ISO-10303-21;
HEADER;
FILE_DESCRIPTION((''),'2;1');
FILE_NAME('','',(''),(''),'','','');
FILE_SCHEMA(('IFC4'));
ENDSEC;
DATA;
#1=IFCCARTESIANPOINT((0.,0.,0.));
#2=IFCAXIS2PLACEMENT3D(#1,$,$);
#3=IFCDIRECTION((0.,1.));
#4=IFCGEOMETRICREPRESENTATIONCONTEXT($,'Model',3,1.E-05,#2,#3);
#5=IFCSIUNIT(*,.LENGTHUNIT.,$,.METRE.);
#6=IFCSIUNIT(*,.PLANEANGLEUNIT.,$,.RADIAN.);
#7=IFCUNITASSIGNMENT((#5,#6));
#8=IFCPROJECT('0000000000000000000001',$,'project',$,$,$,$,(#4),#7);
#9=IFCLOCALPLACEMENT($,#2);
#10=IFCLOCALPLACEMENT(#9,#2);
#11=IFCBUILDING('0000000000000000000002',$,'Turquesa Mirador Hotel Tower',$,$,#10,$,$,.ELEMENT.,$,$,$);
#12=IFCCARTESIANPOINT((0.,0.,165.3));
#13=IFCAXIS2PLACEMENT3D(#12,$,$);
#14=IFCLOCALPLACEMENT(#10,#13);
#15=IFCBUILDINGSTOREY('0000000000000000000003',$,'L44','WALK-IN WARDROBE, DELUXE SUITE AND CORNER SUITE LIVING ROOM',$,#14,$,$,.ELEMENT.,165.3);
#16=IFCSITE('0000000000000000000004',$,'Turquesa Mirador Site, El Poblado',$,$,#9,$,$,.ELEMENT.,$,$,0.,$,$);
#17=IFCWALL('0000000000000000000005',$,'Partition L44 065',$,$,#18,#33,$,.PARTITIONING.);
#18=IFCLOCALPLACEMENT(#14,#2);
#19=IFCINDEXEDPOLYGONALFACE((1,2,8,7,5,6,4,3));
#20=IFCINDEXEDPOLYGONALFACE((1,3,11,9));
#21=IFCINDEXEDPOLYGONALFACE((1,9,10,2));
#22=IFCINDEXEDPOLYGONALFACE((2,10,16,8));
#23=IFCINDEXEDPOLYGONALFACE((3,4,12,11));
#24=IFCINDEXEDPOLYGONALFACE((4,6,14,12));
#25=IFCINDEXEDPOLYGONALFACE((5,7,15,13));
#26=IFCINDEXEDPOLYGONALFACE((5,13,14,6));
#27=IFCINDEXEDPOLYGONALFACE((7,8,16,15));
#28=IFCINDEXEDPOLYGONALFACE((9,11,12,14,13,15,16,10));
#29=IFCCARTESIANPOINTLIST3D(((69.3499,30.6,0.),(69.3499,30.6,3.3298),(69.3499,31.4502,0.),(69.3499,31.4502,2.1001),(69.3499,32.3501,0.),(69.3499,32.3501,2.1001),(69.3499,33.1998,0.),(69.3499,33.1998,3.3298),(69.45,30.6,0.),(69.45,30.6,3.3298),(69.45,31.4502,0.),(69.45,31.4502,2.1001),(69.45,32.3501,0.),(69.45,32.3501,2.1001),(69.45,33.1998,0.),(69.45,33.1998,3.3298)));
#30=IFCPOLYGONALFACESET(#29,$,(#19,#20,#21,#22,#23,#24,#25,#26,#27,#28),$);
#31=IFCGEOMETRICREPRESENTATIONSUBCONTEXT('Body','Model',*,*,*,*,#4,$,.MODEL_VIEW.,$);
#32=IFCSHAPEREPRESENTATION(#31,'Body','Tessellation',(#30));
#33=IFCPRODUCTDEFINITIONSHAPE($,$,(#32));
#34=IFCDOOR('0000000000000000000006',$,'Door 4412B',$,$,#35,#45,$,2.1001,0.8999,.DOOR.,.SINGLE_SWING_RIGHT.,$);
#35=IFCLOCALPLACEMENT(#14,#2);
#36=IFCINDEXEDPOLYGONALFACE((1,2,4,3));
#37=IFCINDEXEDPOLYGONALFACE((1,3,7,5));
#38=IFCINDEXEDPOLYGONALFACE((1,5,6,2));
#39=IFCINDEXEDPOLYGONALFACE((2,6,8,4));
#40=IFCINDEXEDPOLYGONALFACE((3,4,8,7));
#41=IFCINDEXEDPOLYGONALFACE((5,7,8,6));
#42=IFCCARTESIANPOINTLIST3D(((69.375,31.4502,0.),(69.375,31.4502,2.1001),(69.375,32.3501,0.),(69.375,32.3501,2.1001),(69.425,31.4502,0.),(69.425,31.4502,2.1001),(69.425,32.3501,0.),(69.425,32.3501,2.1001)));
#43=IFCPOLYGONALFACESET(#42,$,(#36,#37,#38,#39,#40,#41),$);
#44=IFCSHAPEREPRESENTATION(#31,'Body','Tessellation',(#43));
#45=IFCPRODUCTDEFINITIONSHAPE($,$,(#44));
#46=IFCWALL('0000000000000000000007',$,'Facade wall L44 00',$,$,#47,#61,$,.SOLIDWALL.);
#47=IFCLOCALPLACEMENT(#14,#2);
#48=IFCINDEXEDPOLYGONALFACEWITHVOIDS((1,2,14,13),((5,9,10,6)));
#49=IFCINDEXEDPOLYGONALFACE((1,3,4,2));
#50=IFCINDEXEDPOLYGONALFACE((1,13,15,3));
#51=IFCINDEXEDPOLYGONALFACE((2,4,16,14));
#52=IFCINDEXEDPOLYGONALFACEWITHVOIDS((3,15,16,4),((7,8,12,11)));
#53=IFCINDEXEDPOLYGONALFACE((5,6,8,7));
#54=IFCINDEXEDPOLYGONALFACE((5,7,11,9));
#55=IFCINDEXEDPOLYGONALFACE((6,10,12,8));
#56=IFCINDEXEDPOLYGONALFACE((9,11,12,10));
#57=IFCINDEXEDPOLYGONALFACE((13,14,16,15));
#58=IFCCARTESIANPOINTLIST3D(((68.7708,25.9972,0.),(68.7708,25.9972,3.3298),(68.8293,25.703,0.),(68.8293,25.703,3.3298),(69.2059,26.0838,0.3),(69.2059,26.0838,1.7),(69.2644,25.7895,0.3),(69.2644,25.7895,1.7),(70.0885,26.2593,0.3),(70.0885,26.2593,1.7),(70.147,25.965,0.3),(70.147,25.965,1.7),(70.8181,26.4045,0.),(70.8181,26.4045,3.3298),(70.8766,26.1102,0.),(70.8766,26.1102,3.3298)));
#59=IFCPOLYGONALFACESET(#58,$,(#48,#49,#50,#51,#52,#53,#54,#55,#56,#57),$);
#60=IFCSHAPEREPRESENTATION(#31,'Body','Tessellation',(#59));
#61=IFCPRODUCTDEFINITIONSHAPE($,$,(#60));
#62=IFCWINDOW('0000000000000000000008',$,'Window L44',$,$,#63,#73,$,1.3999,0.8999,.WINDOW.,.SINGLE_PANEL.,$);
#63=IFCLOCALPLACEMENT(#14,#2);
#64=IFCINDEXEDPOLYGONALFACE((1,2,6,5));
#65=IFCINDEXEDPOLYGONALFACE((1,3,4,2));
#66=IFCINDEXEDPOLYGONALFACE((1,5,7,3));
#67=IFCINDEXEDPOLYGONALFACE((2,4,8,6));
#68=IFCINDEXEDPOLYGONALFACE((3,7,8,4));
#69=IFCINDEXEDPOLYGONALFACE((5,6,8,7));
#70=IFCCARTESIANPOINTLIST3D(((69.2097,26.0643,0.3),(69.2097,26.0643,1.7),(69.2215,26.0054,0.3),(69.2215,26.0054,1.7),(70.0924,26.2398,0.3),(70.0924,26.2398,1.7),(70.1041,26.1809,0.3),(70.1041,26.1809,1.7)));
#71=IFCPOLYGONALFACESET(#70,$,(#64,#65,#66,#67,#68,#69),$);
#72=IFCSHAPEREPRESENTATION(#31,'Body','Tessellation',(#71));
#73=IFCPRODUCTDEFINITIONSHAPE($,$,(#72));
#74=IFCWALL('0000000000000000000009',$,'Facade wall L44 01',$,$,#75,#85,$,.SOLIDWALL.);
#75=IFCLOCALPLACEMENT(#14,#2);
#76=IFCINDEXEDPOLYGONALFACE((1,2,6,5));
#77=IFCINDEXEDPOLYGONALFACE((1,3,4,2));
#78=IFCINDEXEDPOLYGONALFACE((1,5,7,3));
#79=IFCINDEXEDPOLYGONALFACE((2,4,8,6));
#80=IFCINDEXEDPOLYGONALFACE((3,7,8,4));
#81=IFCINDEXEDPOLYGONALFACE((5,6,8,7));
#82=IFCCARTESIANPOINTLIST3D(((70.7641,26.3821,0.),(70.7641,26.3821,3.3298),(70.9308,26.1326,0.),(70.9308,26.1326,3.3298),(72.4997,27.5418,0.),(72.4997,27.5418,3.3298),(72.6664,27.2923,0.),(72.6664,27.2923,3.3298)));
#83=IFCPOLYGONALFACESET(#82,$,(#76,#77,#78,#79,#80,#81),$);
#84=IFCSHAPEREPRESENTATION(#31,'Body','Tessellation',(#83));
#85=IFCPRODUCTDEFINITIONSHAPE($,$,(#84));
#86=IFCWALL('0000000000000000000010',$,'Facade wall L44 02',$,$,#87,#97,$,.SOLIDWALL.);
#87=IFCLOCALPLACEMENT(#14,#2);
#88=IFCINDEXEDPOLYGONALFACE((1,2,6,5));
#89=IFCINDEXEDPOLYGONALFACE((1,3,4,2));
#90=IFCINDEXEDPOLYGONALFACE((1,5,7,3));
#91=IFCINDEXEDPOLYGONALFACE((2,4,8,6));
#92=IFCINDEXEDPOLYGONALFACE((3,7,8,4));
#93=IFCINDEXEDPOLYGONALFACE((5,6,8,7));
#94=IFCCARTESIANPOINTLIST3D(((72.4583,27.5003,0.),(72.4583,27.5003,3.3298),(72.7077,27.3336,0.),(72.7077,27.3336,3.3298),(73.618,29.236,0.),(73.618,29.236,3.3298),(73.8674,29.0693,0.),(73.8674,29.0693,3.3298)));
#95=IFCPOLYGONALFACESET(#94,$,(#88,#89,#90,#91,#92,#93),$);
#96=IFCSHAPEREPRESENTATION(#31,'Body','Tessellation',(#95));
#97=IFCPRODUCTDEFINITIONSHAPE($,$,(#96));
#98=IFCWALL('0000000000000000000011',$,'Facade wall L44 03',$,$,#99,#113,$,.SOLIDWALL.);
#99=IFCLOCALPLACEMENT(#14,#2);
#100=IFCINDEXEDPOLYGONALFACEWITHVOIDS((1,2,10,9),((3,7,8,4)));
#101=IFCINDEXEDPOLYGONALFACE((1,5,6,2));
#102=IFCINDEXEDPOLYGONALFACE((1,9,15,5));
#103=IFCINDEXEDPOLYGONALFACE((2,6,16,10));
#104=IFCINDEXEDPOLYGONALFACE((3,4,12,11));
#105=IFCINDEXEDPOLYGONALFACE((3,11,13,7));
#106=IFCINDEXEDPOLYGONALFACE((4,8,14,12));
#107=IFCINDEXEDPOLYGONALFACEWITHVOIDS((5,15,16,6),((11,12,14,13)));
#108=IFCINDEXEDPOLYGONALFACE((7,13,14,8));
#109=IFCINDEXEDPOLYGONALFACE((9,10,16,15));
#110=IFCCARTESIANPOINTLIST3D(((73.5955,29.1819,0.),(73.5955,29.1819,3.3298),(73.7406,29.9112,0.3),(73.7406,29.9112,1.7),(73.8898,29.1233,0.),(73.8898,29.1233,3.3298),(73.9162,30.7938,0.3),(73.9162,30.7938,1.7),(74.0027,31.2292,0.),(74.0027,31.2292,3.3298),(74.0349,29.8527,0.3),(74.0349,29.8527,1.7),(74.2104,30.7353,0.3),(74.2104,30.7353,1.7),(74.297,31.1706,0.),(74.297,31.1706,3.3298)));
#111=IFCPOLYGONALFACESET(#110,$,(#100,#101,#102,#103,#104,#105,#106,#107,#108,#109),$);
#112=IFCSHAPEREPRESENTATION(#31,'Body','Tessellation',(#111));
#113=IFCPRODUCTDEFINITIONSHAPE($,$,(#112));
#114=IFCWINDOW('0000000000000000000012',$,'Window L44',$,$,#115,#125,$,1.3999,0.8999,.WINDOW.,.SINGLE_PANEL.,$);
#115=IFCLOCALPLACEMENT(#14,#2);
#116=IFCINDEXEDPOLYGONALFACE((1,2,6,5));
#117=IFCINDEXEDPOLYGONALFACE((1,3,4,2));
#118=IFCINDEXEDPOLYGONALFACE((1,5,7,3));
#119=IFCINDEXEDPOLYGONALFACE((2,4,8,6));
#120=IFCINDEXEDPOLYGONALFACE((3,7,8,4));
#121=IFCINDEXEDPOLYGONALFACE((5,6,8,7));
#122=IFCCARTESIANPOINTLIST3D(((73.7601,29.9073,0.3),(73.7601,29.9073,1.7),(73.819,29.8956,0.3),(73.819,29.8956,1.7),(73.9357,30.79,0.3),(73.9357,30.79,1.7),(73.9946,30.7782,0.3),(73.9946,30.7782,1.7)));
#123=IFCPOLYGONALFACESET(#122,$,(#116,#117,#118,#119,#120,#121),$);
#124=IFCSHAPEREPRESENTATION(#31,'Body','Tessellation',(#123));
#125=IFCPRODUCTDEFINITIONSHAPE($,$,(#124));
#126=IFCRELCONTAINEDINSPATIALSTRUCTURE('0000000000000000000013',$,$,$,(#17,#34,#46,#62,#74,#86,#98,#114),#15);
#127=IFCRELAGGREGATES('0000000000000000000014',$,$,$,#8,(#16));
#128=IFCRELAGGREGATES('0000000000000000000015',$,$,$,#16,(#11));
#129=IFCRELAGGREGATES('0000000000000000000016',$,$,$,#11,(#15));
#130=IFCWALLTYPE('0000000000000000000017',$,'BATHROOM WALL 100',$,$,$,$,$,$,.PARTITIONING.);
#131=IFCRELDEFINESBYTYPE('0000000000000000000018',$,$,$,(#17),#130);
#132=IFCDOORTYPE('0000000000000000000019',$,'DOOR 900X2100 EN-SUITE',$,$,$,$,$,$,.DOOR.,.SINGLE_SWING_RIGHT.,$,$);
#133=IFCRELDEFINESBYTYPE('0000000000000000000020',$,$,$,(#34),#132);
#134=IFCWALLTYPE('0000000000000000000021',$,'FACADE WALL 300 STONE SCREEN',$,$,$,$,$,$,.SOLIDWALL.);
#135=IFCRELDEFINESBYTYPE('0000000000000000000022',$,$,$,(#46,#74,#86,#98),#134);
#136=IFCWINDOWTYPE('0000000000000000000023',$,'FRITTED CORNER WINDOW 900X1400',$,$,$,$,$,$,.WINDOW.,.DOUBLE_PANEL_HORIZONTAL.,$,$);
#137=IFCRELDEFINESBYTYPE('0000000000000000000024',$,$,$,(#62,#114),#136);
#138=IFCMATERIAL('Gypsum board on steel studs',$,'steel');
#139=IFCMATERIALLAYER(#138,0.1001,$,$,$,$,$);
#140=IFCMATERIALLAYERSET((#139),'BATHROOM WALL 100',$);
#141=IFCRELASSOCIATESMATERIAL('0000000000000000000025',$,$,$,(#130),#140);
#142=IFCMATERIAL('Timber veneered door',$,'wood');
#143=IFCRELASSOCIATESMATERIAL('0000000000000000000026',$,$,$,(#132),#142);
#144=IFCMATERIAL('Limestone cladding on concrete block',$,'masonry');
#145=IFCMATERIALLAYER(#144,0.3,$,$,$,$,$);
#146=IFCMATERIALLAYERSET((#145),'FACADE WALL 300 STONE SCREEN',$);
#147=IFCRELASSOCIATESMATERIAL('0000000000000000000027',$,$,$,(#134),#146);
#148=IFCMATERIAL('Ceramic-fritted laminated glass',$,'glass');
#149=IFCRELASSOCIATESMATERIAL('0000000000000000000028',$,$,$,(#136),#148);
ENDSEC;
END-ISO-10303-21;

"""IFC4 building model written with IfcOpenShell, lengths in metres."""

from ifc_helpers import new_model, si_unit, direction, frame, frame_2d, origin, place, context, subcontext, project, spatial, rectangle, extrude, material, layer, layer_set, type_object, element, fill, save


model = new_model("IFC4")

# Units and contexts
model_context = context("Model", 3, precision=1e-05, world=origin(), true_north=direction((0.0, 1.0)))
body_context = subcontext(model_context, "Body", "Model", "MODEL_VIEW")
ifc_project = project(units=[si_unit("LENGTHUNIT", "METRE"), si_unit("PLANEANGLEUNIT", "RADIAN")], contexts=[model_context])

# Site, building, storey
site_placement = place(None, origin())
site = spatial("IfcSite", under=ifc_project, at=site_placement, Name="Turquesa Mirador Site, El Poblado", CompositionType="ELEMENT", RefElevation=0.0)
building_placement = place(site_placement, origin())
building = spatial("IfcBuilding", under=site, at=building_placement, Name="Turquesa Mirador Hotel Tower", CompositionType="ELEMENT")
storey_placement = place(building_placement, frame((0.0, 0.0, 165.3)))
storey = spatial("IfcBuildingStorey", under=building, at=storey_placement, Name="L44", Description="WALK-IN WARDROBE, DELUXE SUITE AND CORNER SUITE LIVING ROOM", CompositionType="ELEMENT", Elevation=165.3)

# Shared definitions
ifc_material_1 = material(Name="Gypsum board on steel studs", Category="steel")
ifc_layer_1 = layer(ifc_material_1, 0.1001)
ifc_layer_set_1 = layer_set([ifc_layer_1], Name="BATHROOM WALL 100")
wall_type_1 = type_object("IfcWallType", Name="BATHROOM WALL 100", PredefinedType="PARTITIONING", material=ifc_layer_set_1)

# Wall, opening, door
wall_1_placement = place(storey_placement, frame((69.3999, 30.6001, 0.0), z_axis=(0.0, 0.0, 1.0), x_axis=(0.0, 1.0, 0.0)))
wall_1 = element("IfcWall", 1, at=wall_1_placement, inside=storey, type_object=wall_type_1, Name="Partition L44 065", PredefinedType="PARTITIONING", context=body_context, shape_type="SweptSolid", body=[
    extrude(rectangle(XDim=2.5999, YDim=0.1001, at=frame_2d((1.2998, 0.0))), origin(), (0.0, 0.0, 1.0), 3.3298),
])
opening_1_placement = place(wall_1_placement, frame((0.8501, 0.0, 0.0)))
opening_1 = element("IfcOpeningElement", 2, at=opening_1_placement, cuts=wall_1, PredefinedType="OPENING", context=body_context, shape_type="SweptSolid", body=[
    extrude(rectangle(XDim=0.8999, YDim=2.1001, at=frame_2d((0.45, 1.05))), frame((0.0, 0.0601, 0.0), z_axis=(0.0, -1.0, 0.0), x_axis=(1.0, 0.0, 0.0)), (0.0, 0.0, 1.0), 0.1201),
])
ifc_material_2 = material(Name="Timber veneered door", Category="wood")
door_type_1 = type_object("IfcDoorType", Name="DOOR 900X2100 EN-SUITE", OperationType="SINGLE_SWING_RIGHT", PredefinedType="DOOR", material=ifc_material_2)
door_1_placement = place(opening_1_placement, origin())
door_1 = element("IfcDoor", 3, at=door_1_placement, inside=storey, type_object=door_type_1, Name="Door 4412B", OperationType="SINGLE_SWING_RIGHT", OverallHeight=2.1001, OverallWidth=0.8999, PredefinedType="DOOR", context=body_context, shape_type="SweptSolid", body=[
    extrude(rectangle(XDim=0.8999, YDim=2.1001, at=frame_2d((0.45, 1.05))), frame((0.0, 0.0249, 0.0), z_axis=(0.0, -1.0, 0.0), x_axis=(1.0, 0.0, 0.0)), (0.0, 0.0, 1.0), 0.05),
])
fill(opening_1, door_1)

# Wall, opening, window
ifc_material_3 = material(Name="Limestone cladding on concrete block", Category="masonry")
ifc_layer_2 = layer(ifc_material_3, 0.3)
ifc_layer_set_2 = layer_set([ifc_layer_2], Name="FACADE WALL 300 STONE SCREEN")
wall_type_2 = type_object("IfcWallType", Name="FACADE WALL 300 STONE SCREEN", PredefinedType="SOLIDWALL", material=ifc_layer_set_2)
wall_2_placement = place(storey_placement, frame((68.8, 25.8501, 0.0), z_axis=(0.0, 0.0, 1.0), x_axis=(0.980787, 0.195081, 0.0)))
wall_2 = element("IfcWall", 4, at=wall_2_placement, inside=storey, type_object=wall_type_2, Name="Facade wall L44 00", PredefinedType="SOLIDWALL", context=body_context, shape_type="SweptSolid", body=[
    extrude(rectangle(XDim=2.0874, YDim=0.3, at=frame_2d((1.0437, 0.0))), origin(), (0.0, 0.0, 1.0), 3.3298),
])
opening_2_placement = place(wall_2_placement, frame((0.4436, 0.0, 0.3)))
opening_2 = element("IfcOpeningElement", 5, at=opening_2_placement, cuts=wall_2, PredefinedType="OPENING", context=body_context, shape_type="SweptSolid", body=[
    extrude(rectangle(XDim=0.8999, YDim=1.3999, at=frame_2d((0.45, 0.7))), frame((0.0, 0.1599, 0.0), z_axis=(0.0, -1.0, 0.0), x_axis=(1.0, 0.0, 0.0)), (0.0, 0.0, 1.0), 0.3201),
])
ifc_material_4 = material(Name="Ceramic-fritted laminated glass", Category="glass")
window_type_1 = type_object("IfcWindowType", Name="FRITTED CORNER WINDOW 900X1400", PartitioningType="DOUBLE_PANEL_HORIZONTAL", PredefinedType="WINDOW", material=ifc_material_4)
window_1_placement = place(opening_2_placement, origin())
window_1 = element("IfcWindow", 6, at=window_1_placement, inside=storey, type_object=window_type_1, Name="Window L44", OverallHeight=1.3999, OverallWidth=0.8999, PartitioningType="SINGLE_PANEL", PredefinedType="WINDOW", context=body_context, shape_type="SweptSolid", body=[
    extrude(rectangle(XDim=0.8999, YDim=1.3999, at=frame_2d((0.45, 0.7))), frame((0.0, 0.1301, 0.0), z_axis=(0.0, -1.0, 0.0), x_axis=(1.0, 0.0, 0.0)), (0.0, 0.0, 1.0), 0.0601),
])
fill(opening_2, window_1)

# Walls
for number, where, z_axis, x_axis, name in (
    (7, (70.8474, 26.2573, 0.0), (0.0, 0.0, 1.0), (0.831474, 0.555564, 0.0), "Facade wall L44 01"),
    (8, (72.583, 27.417, 0.0), (0.0, 0.0, 1.0), (0.555564, 0.831474, 0.0), "Facade wall L44 02"),
):
    element("IfcWall", number, at=place(storey_placement, frame(where, z_axis=z_axis, x_axis=x_axis)), inside=storey, type_object=wall_type_2, Name=name, PredefinedType="SOLIDWALL", context=body_context, shape_type="SweptSolid", body=[
        extrude(rectangle(XDim=2.0874, YDim=0.3, at=frame_2d((1.0437, 0.0))), origin(), (0.0, 0.0, 1.0), 3.3298),
    ])

# Wall, opening, window
wall_3_placement = place(storey_placement, frame((73.7427, 29.1526, 0.0), z_axis=(0.0, 0.0, 1.0), x_axis=(0.195081, 0.980787, 0.0)))
wall_3 = element("IfcWall", 9, at=wall_3_placement, inside=storey, type_object=wall_type_2, Name="Facade wall L44 03", PredefinedType="SOLIDWALL", context=body_context, shape_type="SweptSolid", body=[
    extrude(rectangle(XDim=2.0874, YDim=0.3, at=frame_2d((1.0437, 0.0))), origin(), (0.0, 0.0, 1.0), 3.3298),
])
opening_3_placement = place(wall_3_placement, frame((0.7437, 0.0, 0.3)))
opening_3 = element("IfcOpeningElement", 10, at=opening_3_placement, cuts=wall_3, PredefinedType="OPENING", context=body_context, shape_type="SweptSolid", body=[
    extrude(rectangle(XDim=0.8999, YDim=1.3999, at=frame_2d((0.45, 0.7))), frame((0.0, 0.1599, 0.0), z_axis=(0.0, -1.0, 0.0), x_axis=(1.0, 0.0, 0.0)), (0.0, 0.0, 1.0), 0.3201),
])
window_2_placement = place(opening_3_placement, origin())
window_2 = element("IfcWindow", 11, at=window_2_placement, inside=storey, type_object=window_type_1, Name="Window L44", OverallHeight=1.3999, OverallWidth=0.8999, PartitioningType="SINGLE_PANEL", PredefinedType="WINDOW", context=body_context, shape_type="SweptSolid", body=[
    extrude(rectangle(XDim=0.8999, YDim=1.3999, at=frame_2d((0.45, 0.7))), frame((0.0, 0.1301, 0.0), z_axis=(0.0, -1.0, 0.0), x_axis=(1.0, 0.0, 0.0)), (0.0, 0.0, 1.0), 0.0601),
])
fill(opening_3, window_2)

save(model, "model.ifc")
